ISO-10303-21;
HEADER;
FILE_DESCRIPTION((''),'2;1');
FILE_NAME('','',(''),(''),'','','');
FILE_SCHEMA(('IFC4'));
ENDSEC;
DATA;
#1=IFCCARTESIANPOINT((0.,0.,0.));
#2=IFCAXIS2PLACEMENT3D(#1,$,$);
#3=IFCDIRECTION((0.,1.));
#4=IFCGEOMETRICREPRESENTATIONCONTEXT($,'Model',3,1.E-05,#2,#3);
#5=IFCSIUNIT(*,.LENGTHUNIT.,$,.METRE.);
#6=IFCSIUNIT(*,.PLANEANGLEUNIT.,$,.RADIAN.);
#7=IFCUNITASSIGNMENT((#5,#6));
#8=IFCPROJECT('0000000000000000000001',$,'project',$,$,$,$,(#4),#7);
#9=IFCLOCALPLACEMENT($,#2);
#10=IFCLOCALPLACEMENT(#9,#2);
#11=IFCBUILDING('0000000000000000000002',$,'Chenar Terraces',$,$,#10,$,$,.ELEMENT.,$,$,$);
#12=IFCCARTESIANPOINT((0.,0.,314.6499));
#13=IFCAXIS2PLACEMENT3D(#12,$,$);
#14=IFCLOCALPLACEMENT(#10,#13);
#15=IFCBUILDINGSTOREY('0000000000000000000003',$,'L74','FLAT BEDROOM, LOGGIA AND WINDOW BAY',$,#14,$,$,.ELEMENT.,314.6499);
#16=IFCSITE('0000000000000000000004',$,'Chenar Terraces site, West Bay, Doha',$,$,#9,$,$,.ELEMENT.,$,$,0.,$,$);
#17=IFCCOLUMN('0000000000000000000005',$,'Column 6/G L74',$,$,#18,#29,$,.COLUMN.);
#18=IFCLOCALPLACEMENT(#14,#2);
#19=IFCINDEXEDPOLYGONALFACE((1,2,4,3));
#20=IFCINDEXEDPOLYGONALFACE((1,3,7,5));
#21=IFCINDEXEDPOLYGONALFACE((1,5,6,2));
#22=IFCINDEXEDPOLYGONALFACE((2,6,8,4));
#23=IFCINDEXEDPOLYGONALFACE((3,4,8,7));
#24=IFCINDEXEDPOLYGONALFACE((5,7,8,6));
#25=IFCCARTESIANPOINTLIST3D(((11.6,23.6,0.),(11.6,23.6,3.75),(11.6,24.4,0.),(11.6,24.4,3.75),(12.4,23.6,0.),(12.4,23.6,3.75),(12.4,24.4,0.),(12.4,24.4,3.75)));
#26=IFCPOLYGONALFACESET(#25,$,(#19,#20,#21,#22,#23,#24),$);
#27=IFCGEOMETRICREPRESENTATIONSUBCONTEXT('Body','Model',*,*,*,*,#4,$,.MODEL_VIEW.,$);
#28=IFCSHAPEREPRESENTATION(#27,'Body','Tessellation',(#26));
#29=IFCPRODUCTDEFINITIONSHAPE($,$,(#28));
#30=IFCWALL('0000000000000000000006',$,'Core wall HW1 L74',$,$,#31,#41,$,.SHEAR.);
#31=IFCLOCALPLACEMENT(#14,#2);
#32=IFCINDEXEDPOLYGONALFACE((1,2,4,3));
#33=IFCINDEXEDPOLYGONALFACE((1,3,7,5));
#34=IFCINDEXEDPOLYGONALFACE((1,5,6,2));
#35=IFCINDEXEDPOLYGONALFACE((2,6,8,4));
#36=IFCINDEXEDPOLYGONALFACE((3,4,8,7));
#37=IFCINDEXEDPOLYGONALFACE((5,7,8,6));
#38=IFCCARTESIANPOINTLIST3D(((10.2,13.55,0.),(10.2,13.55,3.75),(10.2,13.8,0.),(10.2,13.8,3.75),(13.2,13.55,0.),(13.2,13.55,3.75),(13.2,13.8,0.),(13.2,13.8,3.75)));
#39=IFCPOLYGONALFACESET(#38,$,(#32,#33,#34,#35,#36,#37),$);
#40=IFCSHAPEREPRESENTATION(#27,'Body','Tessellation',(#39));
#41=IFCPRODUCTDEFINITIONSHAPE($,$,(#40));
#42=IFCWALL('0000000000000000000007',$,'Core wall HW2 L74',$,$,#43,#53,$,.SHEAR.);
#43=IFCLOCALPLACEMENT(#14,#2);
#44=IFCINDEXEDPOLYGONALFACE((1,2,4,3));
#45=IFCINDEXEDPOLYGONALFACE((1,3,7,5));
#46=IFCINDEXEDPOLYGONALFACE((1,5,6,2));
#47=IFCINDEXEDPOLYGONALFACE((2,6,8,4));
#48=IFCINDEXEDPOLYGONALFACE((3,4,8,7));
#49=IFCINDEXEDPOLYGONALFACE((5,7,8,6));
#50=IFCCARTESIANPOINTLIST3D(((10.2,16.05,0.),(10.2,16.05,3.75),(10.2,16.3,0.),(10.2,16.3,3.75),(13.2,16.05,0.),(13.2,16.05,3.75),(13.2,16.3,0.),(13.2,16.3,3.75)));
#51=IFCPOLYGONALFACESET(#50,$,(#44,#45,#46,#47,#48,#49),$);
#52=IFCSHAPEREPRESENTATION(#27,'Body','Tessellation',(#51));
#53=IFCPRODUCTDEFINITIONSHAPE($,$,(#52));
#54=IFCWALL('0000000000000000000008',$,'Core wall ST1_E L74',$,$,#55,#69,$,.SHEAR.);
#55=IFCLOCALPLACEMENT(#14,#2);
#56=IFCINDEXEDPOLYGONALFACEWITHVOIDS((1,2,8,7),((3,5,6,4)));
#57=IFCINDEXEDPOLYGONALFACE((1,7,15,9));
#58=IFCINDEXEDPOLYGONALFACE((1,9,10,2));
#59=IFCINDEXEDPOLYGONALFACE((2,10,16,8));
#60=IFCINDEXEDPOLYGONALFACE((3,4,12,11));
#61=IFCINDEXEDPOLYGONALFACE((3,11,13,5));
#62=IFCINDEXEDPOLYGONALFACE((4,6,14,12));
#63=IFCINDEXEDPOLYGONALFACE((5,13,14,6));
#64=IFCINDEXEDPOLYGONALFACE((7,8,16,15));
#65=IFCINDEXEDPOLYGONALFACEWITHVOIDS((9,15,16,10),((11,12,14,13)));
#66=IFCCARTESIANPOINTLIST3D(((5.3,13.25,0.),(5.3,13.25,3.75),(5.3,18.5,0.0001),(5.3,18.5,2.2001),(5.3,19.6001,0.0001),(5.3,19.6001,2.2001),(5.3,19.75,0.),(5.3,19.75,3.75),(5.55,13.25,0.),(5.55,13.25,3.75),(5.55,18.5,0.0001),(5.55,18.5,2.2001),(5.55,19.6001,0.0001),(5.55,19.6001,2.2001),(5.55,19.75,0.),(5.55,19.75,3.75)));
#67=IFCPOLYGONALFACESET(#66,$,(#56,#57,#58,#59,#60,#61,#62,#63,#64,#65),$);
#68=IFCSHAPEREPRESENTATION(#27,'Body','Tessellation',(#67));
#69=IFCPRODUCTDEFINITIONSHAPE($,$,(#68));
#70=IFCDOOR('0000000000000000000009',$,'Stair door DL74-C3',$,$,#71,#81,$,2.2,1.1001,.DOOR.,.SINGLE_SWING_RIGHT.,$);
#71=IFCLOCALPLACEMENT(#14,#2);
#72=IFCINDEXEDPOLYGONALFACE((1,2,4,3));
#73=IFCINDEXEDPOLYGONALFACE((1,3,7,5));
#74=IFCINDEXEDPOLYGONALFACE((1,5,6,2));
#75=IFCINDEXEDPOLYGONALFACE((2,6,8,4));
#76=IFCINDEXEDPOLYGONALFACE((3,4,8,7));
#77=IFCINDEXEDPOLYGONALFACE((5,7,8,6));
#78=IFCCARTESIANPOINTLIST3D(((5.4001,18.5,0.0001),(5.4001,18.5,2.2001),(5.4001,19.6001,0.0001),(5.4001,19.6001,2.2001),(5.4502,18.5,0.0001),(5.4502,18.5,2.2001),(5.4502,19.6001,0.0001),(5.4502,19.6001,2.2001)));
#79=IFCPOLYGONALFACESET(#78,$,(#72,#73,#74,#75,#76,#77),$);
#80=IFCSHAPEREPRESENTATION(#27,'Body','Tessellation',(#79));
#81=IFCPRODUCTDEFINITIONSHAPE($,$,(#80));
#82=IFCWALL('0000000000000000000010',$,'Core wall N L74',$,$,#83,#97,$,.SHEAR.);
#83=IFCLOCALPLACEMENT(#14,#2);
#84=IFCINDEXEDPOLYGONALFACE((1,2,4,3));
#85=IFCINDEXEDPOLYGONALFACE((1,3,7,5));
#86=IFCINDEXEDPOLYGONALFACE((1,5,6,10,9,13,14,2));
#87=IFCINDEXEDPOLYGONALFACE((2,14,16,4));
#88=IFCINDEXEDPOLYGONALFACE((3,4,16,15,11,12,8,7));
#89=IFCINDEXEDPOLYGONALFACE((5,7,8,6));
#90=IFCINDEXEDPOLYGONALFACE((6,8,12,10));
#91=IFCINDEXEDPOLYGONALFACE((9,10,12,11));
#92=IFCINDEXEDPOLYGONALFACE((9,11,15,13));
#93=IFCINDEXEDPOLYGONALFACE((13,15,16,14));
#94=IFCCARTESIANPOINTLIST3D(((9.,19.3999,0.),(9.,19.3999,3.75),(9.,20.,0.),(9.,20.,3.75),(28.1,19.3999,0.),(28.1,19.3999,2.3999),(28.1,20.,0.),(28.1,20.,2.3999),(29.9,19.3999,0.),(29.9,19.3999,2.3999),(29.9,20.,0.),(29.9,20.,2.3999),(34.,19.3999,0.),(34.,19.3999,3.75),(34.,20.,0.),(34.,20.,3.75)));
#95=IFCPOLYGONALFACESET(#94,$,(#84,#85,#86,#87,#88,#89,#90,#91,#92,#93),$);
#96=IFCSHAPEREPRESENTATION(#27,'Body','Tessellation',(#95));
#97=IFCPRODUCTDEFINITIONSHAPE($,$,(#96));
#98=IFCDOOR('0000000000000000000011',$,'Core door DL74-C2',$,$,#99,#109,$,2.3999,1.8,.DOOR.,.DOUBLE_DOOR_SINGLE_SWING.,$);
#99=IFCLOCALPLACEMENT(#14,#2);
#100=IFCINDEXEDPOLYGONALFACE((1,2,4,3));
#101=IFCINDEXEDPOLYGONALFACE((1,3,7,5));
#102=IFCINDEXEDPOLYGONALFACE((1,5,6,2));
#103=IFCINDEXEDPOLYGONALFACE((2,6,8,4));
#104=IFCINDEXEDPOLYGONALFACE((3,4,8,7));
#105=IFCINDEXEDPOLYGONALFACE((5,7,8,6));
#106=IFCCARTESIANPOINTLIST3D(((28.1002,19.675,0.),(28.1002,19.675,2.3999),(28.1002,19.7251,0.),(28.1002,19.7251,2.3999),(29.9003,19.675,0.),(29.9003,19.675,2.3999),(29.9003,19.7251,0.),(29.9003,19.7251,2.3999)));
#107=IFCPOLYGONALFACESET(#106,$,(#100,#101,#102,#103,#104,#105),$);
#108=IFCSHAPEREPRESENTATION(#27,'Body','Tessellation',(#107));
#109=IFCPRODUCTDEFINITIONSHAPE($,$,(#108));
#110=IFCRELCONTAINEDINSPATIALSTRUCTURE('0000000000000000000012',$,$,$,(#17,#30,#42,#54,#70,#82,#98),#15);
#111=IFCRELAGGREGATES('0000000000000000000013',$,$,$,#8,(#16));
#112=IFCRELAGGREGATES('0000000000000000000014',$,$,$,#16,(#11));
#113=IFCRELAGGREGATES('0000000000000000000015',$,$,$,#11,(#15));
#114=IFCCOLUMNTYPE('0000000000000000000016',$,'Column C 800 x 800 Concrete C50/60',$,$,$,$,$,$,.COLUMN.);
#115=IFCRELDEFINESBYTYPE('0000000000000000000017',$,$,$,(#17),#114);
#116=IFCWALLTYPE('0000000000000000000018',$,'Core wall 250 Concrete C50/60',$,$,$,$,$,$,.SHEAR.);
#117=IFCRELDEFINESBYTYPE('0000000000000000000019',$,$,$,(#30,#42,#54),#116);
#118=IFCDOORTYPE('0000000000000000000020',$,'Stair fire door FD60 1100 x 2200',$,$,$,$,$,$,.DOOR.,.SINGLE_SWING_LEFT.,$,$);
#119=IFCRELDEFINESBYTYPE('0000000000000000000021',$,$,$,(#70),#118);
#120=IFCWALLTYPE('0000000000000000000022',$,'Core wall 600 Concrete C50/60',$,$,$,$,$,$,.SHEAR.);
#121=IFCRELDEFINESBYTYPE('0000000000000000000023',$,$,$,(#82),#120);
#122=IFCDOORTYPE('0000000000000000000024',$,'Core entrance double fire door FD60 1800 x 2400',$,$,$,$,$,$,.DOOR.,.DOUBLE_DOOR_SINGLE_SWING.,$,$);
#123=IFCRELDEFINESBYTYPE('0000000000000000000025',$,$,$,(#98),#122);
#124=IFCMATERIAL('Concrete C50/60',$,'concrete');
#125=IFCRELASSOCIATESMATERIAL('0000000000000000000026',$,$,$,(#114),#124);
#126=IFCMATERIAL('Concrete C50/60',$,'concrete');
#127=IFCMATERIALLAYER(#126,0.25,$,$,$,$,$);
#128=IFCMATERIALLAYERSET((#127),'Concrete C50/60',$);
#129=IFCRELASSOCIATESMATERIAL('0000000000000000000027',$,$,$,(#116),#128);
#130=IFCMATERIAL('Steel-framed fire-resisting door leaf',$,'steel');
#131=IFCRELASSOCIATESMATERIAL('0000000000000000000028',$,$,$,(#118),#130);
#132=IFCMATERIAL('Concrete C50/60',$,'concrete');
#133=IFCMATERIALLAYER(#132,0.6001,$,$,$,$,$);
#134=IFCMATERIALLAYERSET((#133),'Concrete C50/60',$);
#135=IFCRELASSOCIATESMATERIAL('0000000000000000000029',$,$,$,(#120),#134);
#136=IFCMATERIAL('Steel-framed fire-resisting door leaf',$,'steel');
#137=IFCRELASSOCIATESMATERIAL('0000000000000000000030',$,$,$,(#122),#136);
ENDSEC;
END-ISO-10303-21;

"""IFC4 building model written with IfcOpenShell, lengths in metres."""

from ifc_helpers import new_model, si_unit, direction, frame, frame_2d, origin, origin_2d, place, context, subcontext, project, spatial, rectangle, extrude, material, layer, layer_set, material_profile, profile_set, type_object, element, fill, save


model = new_model("IFC4")

# Units and contexts
model_context = context("Model", 3, precision=1e-05, world=origin(), true_north=direction((0.0, 1.0)))
body_context = subcontext(model_context, "Body", "Model", "MODEL_VIEW")
ifc_project = project(units=[si_unit("LENGTHUNIT", "METRE"), si_unit("PLANEANGLEUNIT", "RADIAN")], contexts=[model_context])

# Site, building, storey
site_placement = place(None, origin())
site = spatial("IfcSite", under=ifc_project, at=site_placement, Name="Chenar Terraces site, West Bay, Doha", CompositionType="ELEMENT", RefElevation=0.0)
building_placement = place(site_placement, origin())
building = spatial("IfcBuilding", under=site, at=building_placement, Name="Chenar Terraces", CompositionType="ELEMENT")
storey_placement = place(building_placement, frame((0.0, 0.0, 314.6499)))
storey = spatial("IfcBuildingStorey", under=building, at=storey_placement, Name="L74", Description="FLAT BEDROOM, LOGGIA AND WINDOW BAY", CompositionType="ELEMENT", Elevation=314.6499)

# Column
ifc_material_1 = material(Name="Concrete C50/60", Category="concrete")
ifc_material_profile = material_profile(ifc_material_1, rectangle(XDim=0.8, YDim=0.8, at=origin_2d()), Name="C 800 x 800")
ifc_profile_set = profile_set([ifc_material_profile], Name="Concrete C50/60")
column_type = type_object("IfcColumnType", Name="Column C 800 x 800 Concrete C50/60", PredefinedType="COLUMN", material=ifc_profile_set)
column_placement = place(storey_placement, frame((12.0, 24.0, 0.0), z_axis=(0.0, 0.0, 1.0), x_axis=(1.0, 0.0, 0.0)))
element("IfcColumn", 1, at=column_placement, inside=storey, type_object=column_type, Name="Column 6/G L74", PredefinedType="COLUMN", context=body_context, shape_type="SweptSolid", body=[
    extrude(rectangle(XDim=0.8, YDim=0.8, at=origin_2d()), origin(), (0.0, 0.0, 1.0), 3.75),
])

# Walls
ifc_material_2 = material(Name="Concrete C50/60", Category="concrete")
ifc_layer_1 = layer(ifc_material_2, 0.25)
ifc_layer_set_1 = layer_set([ifc_layer_1], Name="Concrete C50/60")
wall_type_1 = type_object("IfcWallType", Name="Core wall 250 Concrete C50/60", PredefinedType="SHEAR", material=ifc_layer_set_1)
for number, where, z_axis, x_axis, name in (
    (2, (10.2, 13.675, 0.0), (0.0, 0.0, 1.0), (1.0, 0.0, 0.0), "Core wall HW1 L74"),
    (3, (10.2, 16.175, 0.0), (0.0, 0.0, 1.0), (1.0, 0.0, 0.0), "Core wall HW2 L74"),
):
    element("IfcWall", number, at=place(storey_placement, frame(where, z_axis=z_axis, x_axis=x_axis)), inside=storey, type_object=wall_type_1, Name=name, PredefinedType="SHEAR", context=body_context, shape_type="SweptSolid", body=[
        extrude(rectangle(XDim=3.0, YDim=0.25, at=frame_2d((1.5, 0.0))), origin(), (0.0, 0.0, 1.0), 3.75),
    ])

# Walls, openings, doors
wall_1_placement = place(storey_placement, frame((5.425, 13.25, 0.0), z_axis=(0.0, 0.0, 1.0), x_axis=(0.0, 1.0, 0.0)))
wall_1 = element("IfcWall", 4, at=wall_1_placement, inside=storey, type_object=wall_type_1, Name="Core wall ST1_E L74", PredefinedType="SHEAR", context=body_context, shape_type="SweptSolid", body=[
    extrude(rectangle(XDim=6.5, YDim=0.25, at=frame_2d((3.25, 0.0))), origin(), (0.0, 0.0, 1.0), 3.75),
])
opening_1_placement = place(wall_1_placement, frame((5.25, 0.0, 0.0)))
opening_1 = element("IfcOpeningElement", 5, at=opening_1_placement, cuts=wall_1, PredefinedType="OPENING", context=body_context, shape_type="SweptSolid", body=[
    extrude(rectangle(XDim=1.1001, YDim=2.2, at=frame_2d((0.55, 1.1001))), frame((0.0, 0.135, 0.0), z_axis=(0.0, -1.0, 0.0), x_axis=(1.0, 0.0, 0.0)), (0.0, 0.0, 1.0), 0.27),
])
ifc_material_3 = material(Name="Steel-framed fire-resisting door leaf", Category="steel")
door_type_1 = type_object("IfcDoorType", Name="Stair fire door FD60 1100 x 2200", OperationType="SINGLE_SWING_LEFT", PredefinedType="DOOR", material=ifc_material_3)
door_1_placement = place(opening_1_placement, origin())
door_1 = element("IfcDoor", 6, at=door_1_placement, inside=storey, type_object=door_type_1, Name="Stair door DL74-C3", OperationType="SINGLE_SWING_RIGHT", OverallHeight=2.2, OverallWidth=1.1001, PredefinedType="DOOR", context=body_context, shape_type="SweptSolid", body=[
    extrude(rectangle(XDim=1.1001, YDim=2.2, at=frame_2d((0.55, 1.1001))), frame((0.0, 0.0249, 0.0), z_axis=(0.0, -1.0, 0.0), x_axis=(1.0, 0.0, 0.0)), (0.0, 0.0, 1.0), 0.05),
])
fill(opening_1, door_1)
ifc_material_4 = material(Name="Concrete C50/60", Category="concrete")
ifc_layer_2 = layer(ifc_material_4, 0.6001)
ifc_layer_set_2 = layer_set([ifc_layer_2], Name="Concrete C50/60")
wall_type_2 = type_object("IfcWallType", Name="Core wall 600 Concrete C50/60", PredefinedType="SHEAR", material=ifc_layer_set_2)
wall_2_placement = place(storey_placement, frame((9.0, 19.7, 0.0), z_axis=(0.0, 0.0, 1.0), x_axis=(1.0, 0.0, 0.0)))
wall_2 = element("IfcWall", 7, at=wall_2_placement, inside=storey, type_object=wall_type_2, Name="Core wall N L74", PredefinedType="SHEAR", context=body_context, shape_type="SweptSolid", body=[
    extrude(rectangle(XDim=25.0, YDim=0.6001, at=frame_2d((12.5, 0.0))), origin(), (0.0, 0.0, 1.0), 3.75),
])
opening_2_placement = place(wall_2_placement, frame((19.1001, 0.0, 0.0)))
opening_2 = element("IfcOpeningElement", 8, at=opening_2_placement, cuts=wall_2, PredefinedType="OPENING", context=body_context, shape_type="SweptSolid", body=[
    extrude(rectangle(XDim=1.8, YDim=2.3999, at=frame_2d((0.8999, 1.2))), frame((0.0, 0.3101, 0.0), z_axis=(0.0, -1.0, 0.0), x_axis=(1.0, 0.0, 0.0)), (0.0, 0.0, 1.0), 0.6201),
])
ifc_material_5 = material(Name="Steel-framed fire-resisting door leaf", Category="steel")
door_type_2 = type_object("IfcDoorType", Name="Core entrance double fire door FD60 1800 x 2400", OperationType="DOUBLE_DOOR_SINGLE_SWING", PredefinedType="DOOR", material=ifc_material_5)
door_2_placement = place(opening_2_placement, frame((1.8, 0.0, 0.0), z_axis=(0.0, 0.0, 1.0), x_axis=(-1.0, 0.0, 0.0)))
door_2 = element("IfcDoor", 9, at=door_2_placement, inside=storey, type_object=door_type_2, Name="Core door DL74-C2", OperationType="DOUBLE_DOOR_SINGLE_SWING", OverallHeight=2.3999, OverallWidth=1.8, PredefinedType="DOOR", context=body_context, shape_type="SweptSolid", body=[
    extrude(rectangle(XDim=1.8, YDim=2.3999, at=frame_2d((0.8999, 1.2))), frame((0.0, 0.0249, 0.0), z_axis=(0.0, -1.0, 0.0), x_axis=(1.0, 0.0, 0.0)), (0.0, 0.0, 1.0), 0.05),
])
fill(opening_2, door_2)

save(model, "model.ifc")
